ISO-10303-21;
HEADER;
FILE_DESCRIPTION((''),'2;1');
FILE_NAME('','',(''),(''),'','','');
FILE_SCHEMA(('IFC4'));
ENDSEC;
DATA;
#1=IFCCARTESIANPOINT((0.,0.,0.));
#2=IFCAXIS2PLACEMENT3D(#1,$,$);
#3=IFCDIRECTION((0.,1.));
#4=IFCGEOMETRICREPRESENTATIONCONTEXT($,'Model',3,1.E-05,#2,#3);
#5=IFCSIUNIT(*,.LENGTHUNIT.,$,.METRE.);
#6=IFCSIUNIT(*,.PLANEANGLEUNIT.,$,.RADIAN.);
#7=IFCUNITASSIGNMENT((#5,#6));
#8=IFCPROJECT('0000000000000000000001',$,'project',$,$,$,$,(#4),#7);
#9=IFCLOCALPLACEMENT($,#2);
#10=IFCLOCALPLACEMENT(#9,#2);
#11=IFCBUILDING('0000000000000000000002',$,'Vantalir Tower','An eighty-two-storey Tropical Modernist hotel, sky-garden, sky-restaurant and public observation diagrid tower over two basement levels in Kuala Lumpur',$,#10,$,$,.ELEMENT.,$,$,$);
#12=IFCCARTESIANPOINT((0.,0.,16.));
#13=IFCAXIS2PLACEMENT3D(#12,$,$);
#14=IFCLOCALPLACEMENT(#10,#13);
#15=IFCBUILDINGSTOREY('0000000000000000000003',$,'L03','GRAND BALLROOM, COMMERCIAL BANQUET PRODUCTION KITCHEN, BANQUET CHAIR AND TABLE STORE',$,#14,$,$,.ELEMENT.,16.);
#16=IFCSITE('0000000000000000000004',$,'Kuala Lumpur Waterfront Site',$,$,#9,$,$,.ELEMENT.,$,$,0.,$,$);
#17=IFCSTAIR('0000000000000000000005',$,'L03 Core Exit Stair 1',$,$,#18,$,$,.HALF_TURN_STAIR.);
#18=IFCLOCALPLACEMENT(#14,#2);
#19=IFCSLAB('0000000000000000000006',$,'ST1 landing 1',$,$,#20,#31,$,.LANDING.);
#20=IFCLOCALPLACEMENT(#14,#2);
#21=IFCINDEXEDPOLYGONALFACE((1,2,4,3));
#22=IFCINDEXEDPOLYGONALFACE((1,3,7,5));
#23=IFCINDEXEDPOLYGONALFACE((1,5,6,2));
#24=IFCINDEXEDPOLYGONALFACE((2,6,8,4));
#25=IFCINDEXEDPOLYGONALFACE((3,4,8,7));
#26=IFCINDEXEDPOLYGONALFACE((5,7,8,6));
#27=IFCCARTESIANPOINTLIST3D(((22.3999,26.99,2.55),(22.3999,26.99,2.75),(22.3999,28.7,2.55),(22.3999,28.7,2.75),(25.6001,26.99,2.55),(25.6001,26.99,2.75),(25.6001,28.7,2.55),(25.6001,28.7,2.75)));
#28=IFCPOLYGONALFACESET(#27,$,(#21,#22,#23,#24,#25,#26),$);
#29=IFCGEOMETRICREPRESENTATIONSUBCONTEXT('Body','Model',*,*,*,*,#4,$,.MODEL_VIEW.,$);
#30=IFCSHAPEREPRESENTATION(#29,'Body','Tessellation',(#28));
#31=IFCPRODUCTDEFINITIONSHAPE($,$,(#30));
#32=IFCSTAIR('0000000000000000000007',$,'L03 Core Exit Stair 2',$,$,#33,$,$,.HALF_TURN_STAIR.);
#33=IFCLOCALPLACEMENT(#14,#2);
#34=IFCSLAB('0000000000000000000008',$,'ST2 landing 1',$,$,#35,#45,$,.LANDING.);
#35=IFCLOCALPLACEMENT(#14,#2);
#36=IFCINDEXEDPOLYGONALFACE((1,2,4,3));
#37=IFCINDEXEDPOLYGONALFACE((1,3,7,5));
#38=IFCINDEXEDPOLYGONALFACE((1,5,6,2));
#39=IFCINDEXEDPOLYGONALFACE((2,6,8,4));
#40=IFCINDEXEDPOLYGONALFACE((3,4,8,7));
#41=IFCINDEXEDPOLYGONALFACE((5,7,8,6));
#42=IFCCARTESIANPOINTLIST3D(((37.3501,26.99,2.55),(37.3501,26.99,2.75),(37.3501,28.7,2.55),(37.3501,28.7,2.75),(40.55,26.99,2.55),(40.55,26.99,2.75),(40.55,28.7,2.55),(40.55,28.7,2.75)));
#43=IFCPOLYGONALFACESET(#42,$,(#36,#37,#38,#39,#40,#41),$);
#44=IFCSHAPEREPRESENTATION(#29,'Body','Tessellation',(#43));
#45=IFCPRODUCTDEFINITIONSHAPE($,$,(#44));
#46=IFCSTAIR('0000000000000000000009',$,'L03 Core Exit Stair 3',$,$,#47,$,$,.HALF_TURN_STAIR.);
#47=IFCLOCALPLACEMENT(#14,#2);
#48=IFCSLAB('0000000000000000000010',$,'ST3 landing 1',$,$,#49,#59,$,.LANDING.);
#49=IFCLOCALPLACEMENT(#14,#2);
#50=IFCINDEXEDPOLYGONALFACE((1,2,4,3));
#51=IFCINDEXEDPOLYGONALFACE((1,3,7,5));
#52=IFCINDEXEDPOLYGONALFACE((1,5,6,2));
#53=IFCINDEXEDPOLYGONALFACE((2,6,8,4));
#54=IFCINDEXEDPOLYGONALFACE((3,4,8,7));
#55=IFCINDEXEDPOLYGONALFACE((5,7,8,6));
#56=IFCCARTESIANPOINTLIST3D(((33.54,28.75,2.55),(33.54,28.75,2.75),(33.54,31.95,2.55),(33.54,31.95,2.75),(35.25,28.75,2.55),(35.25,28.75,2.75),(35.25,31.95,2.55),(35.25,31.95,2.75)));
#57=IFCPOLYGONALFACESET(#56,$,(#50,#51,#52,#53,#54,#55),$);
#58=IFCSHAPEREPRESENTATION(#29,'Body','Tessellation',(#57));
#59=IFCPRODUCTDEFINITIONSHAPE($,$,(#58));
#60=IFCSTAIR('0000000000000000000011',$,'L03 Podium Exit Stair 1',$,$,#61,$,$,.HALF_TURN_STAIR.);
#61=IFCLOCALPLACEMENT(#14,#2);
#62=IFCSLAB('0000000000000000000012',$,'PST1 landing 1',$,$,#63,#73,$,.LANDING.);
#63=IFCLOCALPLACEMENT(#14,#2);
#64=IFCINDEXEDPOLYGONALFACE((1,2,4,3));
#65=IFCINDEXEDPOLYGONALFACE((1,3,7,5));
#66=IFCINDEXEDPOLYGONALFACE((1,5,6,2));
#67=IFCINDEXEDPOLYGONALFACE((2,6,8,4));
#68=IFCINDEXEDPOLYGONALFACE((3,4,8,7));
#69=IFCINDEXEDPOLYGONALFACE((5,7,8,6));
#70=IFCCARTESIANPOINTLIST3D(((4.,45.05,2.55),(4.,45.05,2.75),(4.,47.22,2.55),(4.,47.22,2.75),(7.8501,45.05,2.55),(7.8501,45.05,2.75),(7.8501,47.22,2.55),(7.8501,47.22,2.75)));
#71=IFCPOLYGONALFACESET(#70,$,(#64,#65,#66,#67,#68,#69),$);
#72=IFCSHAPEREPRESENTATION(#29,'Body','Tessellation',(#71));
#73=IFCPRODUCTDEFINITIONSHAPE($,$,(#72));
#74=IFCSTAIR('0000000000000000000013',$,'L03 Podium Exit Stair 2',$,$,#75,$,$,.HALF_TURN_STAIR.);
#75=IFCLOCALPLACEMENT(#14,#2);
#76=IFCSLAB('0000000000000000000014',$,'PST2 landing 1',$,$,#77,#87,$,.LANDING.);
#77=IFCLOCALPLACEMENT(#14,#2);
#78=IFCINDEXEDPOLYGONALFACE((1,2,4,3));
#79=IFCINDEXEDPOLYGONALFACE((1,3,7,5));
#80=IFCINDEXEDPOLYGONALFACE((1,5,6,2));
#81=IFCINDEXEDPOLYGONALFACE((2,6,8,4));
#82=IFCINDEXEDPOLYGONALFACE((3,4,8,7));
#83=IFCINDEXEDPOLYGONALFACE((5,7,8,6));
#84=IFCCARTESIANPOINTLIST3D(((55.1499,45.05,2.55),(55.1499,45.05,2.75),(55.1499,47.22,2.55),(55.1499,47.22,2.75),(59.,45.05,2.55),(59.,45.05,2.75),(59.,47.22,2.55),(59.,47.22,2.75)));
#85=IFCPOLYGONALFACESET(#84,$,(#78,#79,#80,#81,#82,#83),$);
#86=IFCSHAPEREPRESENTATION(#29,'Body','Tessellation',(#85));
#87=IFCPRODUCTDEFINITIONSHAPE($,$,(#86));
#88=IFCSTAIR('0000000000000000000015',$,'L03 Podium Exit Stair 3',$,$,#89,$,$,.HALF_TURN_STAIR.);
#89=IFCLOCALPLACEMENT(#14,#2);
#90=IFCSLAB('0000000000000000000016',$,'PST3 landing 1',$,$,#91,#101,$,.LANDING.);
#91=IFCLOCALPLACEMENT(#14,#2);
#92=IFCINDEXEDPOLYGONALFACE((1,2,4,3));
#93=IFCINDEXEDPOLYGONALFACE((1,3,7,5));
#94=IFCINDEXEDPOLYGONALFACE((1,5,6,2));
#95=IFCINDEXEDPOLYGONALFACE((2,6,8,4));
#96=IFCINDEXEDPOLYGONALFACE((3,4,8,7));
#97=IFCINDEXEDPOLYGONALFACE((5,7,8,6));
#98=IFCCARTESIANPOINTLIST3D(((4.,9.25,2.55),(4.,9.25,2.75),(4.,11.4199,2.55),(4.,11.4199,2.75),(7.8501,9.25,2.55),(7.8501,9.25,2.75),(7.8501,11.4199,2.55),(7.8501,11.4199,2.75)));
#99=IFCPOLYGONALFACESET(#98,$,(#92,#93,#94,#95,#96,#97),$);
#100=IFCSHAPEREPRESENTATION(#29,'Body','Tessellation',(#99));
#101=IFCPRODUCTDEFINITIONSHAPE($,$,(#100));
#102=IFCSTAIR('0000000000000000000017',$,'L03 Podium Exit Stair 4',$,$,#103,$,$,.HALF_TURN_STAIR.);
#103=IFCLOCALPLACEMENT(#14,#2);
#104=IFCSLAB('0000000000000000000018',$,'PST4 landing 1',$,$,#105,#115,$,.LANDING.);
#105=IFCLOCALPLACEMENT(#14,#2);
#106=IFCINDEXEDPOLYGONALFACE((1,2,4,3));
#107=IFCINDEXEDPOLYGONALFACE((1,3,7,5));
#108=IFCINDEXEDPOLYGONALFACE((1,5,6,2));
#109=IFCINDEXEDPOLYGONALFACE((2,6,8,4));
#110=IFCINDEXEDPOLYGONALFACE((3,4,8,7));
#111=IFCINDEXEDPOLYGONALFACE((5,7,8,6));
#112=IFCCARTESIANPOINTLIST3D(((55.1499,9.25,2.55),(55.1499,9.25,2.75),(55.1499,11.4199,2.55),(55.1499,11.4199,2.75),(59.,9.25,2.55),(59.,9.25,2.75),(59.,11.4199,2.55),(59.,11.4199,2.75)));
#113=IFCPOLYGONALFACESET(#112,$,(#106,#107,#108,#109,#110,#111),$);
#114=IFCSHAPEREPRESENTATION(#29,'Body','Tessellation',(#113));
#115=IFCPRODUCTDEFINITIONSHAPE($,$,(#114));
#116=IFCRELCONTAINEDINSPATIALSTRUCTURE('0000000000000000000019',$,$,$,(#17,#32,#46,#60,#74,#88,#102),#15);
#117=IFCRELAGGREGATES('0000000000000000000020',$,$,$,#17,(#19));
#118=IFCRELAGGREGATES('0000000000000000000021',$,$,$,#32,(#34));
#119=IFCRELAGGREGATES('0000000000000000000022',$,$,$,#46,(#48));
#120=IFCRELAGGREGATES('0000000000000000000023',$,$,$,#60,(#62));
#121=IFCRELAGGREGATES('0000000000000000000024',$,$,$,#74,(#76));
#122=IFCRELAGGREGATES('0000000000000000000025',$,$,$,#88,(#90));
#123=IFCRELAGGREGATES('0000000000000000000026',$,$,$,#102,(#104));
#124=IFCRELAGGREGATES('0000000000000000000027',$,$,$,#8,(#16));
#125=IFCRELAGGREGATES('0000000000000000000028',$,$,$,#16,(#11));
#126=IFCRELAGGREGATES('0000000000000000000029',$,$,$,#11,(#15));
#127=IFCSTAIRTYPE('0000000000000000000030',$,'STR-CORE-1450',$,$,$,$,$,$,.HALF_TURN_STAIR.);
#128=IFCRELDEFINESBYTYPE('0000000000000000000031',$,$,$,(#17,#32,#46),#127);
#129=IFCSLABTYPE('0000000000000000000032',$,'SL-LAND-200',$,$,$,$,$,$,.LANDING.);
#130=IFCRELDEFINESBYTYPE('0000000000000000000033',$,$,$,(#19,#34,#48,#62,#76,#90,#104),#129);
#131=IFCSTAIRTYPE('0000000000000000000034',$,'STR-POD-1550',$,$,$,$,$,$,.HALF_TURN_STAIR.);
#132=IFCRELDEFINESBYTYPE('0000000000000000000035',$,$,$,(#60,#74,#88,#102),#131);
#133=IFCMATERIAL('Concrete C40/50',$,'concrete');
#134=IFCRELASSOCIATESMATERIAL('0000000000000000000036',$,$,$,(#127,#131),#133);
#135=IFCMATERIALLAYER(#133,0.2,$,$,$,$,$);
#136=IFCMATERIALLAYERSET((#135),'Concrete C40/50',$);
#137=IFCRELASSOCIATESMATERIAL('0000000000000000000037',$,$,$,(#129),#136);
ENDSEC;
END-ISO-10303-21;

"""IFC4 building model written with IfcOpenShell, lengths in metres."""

from ifc_helpers import new_model, si_unit, direction, frame, origin, place, context, subcontext, project, spatial, polyline, outline, extrude, material, layer, layer_set, type_object, element, aggregate, save


model = new_model("IFC4")

# Units and contexts
model_context = context("Model", 3, precision=1e-05, world=origin(), true_north=direction((0.0, 1.0)))
body_context = subcontext(model_context, "Body", "Model", "MODEL_VIEW")
ifc_project = project(units=[si_unit("LENGTHUNIT", "METRE"), si_unit("PLANEANGLEUNIT", "RADIAN")], contexts=[model_context])

# Site, building, storey
site_placement = place(None, origin())
site = spatial("IfcSite", under=ifc_project, at=site_placement, Name="Kuala Lumpur Waterfront Site", CompositionType="ELEMENT", RefElevation=0.0)
building_placement = place(site_placement, origin())
building = spatial("IfcBuilding", under=site, at=building_placement, Name="Vantalir Tower", Description="An eighty-two-storey Tropical Modernist hotel, sky-garden, sky-restaurant and public observation diagrid tower over two basement levels in Kuala Lumpur", CompositionType="ELEMENT")
storey_placement = place(building_placement, frame((0.0, 0.0, 16.0)))
storey = spatial("IfcBuildingStorey", under=building, at=storey_placement, Name="L03", Description="GRAND BALLROOM, COMMERCIAL BANQUET PRODUCTION KITCHEN, BANQUET CHAIR AND TABLE STORE", CompositionType="ELEMENT", Elevation=16.0)

# Stairs, slabs
ifc_material_1 = material(Name="Concrete C40/50", Category="concrete")
stair_type_1 = type_object("IfcStairType", Name="STR-CORE-1450", PredefinedType="HALF_TURN_STAIR", material=ifc_material_1)
stair_1_placement = place(storey_placement, origin())
stair_1 = element("IfcStair", 1, at=stair_1_placement, inside=storey, type_object=stair_type_1, Name="L03 Core Exit Stair 1", PredefinedType="HALF_TURN_STAIR")
ifc_layer_1 = layer(ifc_material_1, 0.2)
ifc_layer_set_1 = layer_set([ifc_layer_1], Name="Concrete C40/50")
slab_type_1 = type_object("IfcSlabType", Name="SL-LAND-200", PredefinedType="LANDING", material=ifc_layer_set_1)
slab_1_placement = place(storey_placement, frame((0.0, 0.0, 2.55)))
slab_1 = element("IfcSlab", 2, at=slab_1_placement, type_object=slab_type_1, Name="ST1 landing 1", PredefinedType="LANDING", context=body_context, shape_type="SweptSolid", body=[
    extrude(outline(polyline([(25.6001, 26.99), (25.6001, 28.7), (22.3999, 28.7), (22.3999, 26.99), (25.6001, 26.99)])), origin(), (0.0, 0.0, 1.0), 0.2),
])
aggregate(stair_1, [slab_1])
stair_2_placement = place(storey_placement, origin())
stair_2 = element("IfcStair", 3, at=stair_2_placement, inside=storey, type_object=stair_type_1, Name="L03 Core Exit Stair 2", PredefinedType="HALF_TURN_STAIR")
slab_2_placement = place(storey_placement, frame((0.0, 0.0, 2.55)))
slab_2 = element("IfcSlab", 4, at=slab_2_placement, type_object=slab_type_1, Name="ST2 landing 1", PredefinedType="LANDING", context=body_context, shape_type="SweptSolid", body=[
    extrude(outline(polyline([(40.55, 26.99), (40.55, 28.7), (37.3501, 28.7), (37.3501, 26.99), (40.55, 26.99)])), origin(), (0.0, 0.0, 1.0), 0.2),
])
aggregate(stair_2, [slab_2])
stair_3_placement = place(storey_placement, origin())
stair_3 = element("IfcStair", 5, at=stair_3_placement, inside=storey, type_object=stair_type_1, Name="L03 Core Exit Stair 3", PredefinedType="HALF_TURN_STAIR")
slab_3_placement = place(storey_placement, frame((0.0, 0.0, 2.55)))
slab_3 = element("IfcSlab", 6, at=slab_3_placement, type_object=slab_type_1, Name="ST3 landing 1", PredefinedType="LANDING", context=body_context, shape_type="SweptSolid", body=[
    extrude(outline(polyline([(33.54, 28.75), (35.25, 28.75), (35.25, 31.95), (33.54, 31.95), (33.54, 28.75)])), origin(), (0.0, 0.0, 1.0), 0.2),
])
aggregate(stair_3, [slab_3])
stair_type_2 = type_object("IfcStairType", Name="STR-POD-1550", PredefinedType="HALF_TURN_STAIR", material=ifc_material_1)
stair_4_placement = place(storey_placement, origin())
stair_4 = element("IfcStair", 7, at=stair_4_placement, inside=storey, type_object=stair_type_2, Name="L03 Podium Exit Stair 1", PredefinedType="HALF_TURN_STAIR")
slab_4_placement = place(storey_placement, frame((0.0, 0.0, 2.55)))
slab_4 = element("IfcSlab", 8, at=slab_4_placement, type_object=slab_type_1, Name="PST1 landing 1", PredefinedType="LANDING", context=body_context, shape_type="SweptSolid", body=[
    extrude(outline(polyline([(7.8501, 45.05), (7.8501, 47.22), (4.0, 47.22), (4.0, 45.05), (7.8501, 45.05)])), origin(), (0.0, 0.0, 1.0), 0.2),
])
aggregate(stair_4, [slab_4])
stair_5_placement = place(storey_placement, origin())
stair_5 = element("IfcStair", 9, at=stair_5_placement, inside=storey, type_object=stair_type_2, Name="L03 Podium Exit Stair 2", PredefinedType="HALF_TURN_STAIR")
slab_5_placement = place(storey_placement, frame((0.0, 0.0, 2.55)))
slab_5 = element("IfcSlab", 10, at=slab_5_placement, type_object=slab_type_1, Name="PST2 landing 1", PredefinedType="LANDING", context=body_context, shape_type="SweptSolid", body=[
    extrude(outline(polyline([(59.0, 45.05), (59.0, 47.22), (55.1499, 47.22), (55.1499, 45.05), (59.0, 45.05)])), origin(), (0.0, 0.0, 1.0), 0.2),
])
aggregate(stair_5, [slab_5])
stair_6_placement = place(storey_placement, origin())
stair_6 = element("IfcStair", 11, at=stair_6_placement, inside=storey, type_object=stair_type_2, Name="L03 Podium Exit Stair 3", PredefinedType="HALF_TURN_STAIR")
slab_6_placement = place(storey_placement, frame((0.0, 0.0, 2.55)))
slab_6 = element("IfcSlab", 12, at=slab_6_placement, type_object=slab_type_1, Name="PST3 landing 1", PredefinedType="LANDING", context=body_context, shape_type="SweptSolid", body=[
    extrude(outline(polyline([(7.8501, 9.25), (7.8501, 11.4199), (4.0, 11.4199), (4.0, 9.25), (7.8501, 9.25)])), origin(), (0.0, 0.0, 1.0), 0.2),
])
aggregate(stair_6, [slab_6])
stair_7_placement = place(storey_placement, origin())
stair_7 = element("IfcStair", 13, at=stair_7_placement, inside=storey, type_object=stair_type_2, Name="L03 Podium Exit Stair 4", PredefinedType="HALF_TURN_STAIR")
slab_7_placement = place(storey_placement, frame((0.0, 0.0, 2.55)))
slab_7 = element("IfcSlab", 14, at=slab_7_placement, type_object=slab_type_1, Name="PST4 landing 1", PredefinedType="LANDING", context=body_context, shape_type="SweptSolid", body=[
    extrude(outline(polyline([(59.0, 9.25), (59.0, 11.4199), (55.1499, 11.4199), (55.1499, 9.25), (59.0, 9.25)])), origin(), (0.0, 0.0, 1.0), 0.2),
])
aggregate(stair_7, [slab_7])

save(model, "model.ifc")
